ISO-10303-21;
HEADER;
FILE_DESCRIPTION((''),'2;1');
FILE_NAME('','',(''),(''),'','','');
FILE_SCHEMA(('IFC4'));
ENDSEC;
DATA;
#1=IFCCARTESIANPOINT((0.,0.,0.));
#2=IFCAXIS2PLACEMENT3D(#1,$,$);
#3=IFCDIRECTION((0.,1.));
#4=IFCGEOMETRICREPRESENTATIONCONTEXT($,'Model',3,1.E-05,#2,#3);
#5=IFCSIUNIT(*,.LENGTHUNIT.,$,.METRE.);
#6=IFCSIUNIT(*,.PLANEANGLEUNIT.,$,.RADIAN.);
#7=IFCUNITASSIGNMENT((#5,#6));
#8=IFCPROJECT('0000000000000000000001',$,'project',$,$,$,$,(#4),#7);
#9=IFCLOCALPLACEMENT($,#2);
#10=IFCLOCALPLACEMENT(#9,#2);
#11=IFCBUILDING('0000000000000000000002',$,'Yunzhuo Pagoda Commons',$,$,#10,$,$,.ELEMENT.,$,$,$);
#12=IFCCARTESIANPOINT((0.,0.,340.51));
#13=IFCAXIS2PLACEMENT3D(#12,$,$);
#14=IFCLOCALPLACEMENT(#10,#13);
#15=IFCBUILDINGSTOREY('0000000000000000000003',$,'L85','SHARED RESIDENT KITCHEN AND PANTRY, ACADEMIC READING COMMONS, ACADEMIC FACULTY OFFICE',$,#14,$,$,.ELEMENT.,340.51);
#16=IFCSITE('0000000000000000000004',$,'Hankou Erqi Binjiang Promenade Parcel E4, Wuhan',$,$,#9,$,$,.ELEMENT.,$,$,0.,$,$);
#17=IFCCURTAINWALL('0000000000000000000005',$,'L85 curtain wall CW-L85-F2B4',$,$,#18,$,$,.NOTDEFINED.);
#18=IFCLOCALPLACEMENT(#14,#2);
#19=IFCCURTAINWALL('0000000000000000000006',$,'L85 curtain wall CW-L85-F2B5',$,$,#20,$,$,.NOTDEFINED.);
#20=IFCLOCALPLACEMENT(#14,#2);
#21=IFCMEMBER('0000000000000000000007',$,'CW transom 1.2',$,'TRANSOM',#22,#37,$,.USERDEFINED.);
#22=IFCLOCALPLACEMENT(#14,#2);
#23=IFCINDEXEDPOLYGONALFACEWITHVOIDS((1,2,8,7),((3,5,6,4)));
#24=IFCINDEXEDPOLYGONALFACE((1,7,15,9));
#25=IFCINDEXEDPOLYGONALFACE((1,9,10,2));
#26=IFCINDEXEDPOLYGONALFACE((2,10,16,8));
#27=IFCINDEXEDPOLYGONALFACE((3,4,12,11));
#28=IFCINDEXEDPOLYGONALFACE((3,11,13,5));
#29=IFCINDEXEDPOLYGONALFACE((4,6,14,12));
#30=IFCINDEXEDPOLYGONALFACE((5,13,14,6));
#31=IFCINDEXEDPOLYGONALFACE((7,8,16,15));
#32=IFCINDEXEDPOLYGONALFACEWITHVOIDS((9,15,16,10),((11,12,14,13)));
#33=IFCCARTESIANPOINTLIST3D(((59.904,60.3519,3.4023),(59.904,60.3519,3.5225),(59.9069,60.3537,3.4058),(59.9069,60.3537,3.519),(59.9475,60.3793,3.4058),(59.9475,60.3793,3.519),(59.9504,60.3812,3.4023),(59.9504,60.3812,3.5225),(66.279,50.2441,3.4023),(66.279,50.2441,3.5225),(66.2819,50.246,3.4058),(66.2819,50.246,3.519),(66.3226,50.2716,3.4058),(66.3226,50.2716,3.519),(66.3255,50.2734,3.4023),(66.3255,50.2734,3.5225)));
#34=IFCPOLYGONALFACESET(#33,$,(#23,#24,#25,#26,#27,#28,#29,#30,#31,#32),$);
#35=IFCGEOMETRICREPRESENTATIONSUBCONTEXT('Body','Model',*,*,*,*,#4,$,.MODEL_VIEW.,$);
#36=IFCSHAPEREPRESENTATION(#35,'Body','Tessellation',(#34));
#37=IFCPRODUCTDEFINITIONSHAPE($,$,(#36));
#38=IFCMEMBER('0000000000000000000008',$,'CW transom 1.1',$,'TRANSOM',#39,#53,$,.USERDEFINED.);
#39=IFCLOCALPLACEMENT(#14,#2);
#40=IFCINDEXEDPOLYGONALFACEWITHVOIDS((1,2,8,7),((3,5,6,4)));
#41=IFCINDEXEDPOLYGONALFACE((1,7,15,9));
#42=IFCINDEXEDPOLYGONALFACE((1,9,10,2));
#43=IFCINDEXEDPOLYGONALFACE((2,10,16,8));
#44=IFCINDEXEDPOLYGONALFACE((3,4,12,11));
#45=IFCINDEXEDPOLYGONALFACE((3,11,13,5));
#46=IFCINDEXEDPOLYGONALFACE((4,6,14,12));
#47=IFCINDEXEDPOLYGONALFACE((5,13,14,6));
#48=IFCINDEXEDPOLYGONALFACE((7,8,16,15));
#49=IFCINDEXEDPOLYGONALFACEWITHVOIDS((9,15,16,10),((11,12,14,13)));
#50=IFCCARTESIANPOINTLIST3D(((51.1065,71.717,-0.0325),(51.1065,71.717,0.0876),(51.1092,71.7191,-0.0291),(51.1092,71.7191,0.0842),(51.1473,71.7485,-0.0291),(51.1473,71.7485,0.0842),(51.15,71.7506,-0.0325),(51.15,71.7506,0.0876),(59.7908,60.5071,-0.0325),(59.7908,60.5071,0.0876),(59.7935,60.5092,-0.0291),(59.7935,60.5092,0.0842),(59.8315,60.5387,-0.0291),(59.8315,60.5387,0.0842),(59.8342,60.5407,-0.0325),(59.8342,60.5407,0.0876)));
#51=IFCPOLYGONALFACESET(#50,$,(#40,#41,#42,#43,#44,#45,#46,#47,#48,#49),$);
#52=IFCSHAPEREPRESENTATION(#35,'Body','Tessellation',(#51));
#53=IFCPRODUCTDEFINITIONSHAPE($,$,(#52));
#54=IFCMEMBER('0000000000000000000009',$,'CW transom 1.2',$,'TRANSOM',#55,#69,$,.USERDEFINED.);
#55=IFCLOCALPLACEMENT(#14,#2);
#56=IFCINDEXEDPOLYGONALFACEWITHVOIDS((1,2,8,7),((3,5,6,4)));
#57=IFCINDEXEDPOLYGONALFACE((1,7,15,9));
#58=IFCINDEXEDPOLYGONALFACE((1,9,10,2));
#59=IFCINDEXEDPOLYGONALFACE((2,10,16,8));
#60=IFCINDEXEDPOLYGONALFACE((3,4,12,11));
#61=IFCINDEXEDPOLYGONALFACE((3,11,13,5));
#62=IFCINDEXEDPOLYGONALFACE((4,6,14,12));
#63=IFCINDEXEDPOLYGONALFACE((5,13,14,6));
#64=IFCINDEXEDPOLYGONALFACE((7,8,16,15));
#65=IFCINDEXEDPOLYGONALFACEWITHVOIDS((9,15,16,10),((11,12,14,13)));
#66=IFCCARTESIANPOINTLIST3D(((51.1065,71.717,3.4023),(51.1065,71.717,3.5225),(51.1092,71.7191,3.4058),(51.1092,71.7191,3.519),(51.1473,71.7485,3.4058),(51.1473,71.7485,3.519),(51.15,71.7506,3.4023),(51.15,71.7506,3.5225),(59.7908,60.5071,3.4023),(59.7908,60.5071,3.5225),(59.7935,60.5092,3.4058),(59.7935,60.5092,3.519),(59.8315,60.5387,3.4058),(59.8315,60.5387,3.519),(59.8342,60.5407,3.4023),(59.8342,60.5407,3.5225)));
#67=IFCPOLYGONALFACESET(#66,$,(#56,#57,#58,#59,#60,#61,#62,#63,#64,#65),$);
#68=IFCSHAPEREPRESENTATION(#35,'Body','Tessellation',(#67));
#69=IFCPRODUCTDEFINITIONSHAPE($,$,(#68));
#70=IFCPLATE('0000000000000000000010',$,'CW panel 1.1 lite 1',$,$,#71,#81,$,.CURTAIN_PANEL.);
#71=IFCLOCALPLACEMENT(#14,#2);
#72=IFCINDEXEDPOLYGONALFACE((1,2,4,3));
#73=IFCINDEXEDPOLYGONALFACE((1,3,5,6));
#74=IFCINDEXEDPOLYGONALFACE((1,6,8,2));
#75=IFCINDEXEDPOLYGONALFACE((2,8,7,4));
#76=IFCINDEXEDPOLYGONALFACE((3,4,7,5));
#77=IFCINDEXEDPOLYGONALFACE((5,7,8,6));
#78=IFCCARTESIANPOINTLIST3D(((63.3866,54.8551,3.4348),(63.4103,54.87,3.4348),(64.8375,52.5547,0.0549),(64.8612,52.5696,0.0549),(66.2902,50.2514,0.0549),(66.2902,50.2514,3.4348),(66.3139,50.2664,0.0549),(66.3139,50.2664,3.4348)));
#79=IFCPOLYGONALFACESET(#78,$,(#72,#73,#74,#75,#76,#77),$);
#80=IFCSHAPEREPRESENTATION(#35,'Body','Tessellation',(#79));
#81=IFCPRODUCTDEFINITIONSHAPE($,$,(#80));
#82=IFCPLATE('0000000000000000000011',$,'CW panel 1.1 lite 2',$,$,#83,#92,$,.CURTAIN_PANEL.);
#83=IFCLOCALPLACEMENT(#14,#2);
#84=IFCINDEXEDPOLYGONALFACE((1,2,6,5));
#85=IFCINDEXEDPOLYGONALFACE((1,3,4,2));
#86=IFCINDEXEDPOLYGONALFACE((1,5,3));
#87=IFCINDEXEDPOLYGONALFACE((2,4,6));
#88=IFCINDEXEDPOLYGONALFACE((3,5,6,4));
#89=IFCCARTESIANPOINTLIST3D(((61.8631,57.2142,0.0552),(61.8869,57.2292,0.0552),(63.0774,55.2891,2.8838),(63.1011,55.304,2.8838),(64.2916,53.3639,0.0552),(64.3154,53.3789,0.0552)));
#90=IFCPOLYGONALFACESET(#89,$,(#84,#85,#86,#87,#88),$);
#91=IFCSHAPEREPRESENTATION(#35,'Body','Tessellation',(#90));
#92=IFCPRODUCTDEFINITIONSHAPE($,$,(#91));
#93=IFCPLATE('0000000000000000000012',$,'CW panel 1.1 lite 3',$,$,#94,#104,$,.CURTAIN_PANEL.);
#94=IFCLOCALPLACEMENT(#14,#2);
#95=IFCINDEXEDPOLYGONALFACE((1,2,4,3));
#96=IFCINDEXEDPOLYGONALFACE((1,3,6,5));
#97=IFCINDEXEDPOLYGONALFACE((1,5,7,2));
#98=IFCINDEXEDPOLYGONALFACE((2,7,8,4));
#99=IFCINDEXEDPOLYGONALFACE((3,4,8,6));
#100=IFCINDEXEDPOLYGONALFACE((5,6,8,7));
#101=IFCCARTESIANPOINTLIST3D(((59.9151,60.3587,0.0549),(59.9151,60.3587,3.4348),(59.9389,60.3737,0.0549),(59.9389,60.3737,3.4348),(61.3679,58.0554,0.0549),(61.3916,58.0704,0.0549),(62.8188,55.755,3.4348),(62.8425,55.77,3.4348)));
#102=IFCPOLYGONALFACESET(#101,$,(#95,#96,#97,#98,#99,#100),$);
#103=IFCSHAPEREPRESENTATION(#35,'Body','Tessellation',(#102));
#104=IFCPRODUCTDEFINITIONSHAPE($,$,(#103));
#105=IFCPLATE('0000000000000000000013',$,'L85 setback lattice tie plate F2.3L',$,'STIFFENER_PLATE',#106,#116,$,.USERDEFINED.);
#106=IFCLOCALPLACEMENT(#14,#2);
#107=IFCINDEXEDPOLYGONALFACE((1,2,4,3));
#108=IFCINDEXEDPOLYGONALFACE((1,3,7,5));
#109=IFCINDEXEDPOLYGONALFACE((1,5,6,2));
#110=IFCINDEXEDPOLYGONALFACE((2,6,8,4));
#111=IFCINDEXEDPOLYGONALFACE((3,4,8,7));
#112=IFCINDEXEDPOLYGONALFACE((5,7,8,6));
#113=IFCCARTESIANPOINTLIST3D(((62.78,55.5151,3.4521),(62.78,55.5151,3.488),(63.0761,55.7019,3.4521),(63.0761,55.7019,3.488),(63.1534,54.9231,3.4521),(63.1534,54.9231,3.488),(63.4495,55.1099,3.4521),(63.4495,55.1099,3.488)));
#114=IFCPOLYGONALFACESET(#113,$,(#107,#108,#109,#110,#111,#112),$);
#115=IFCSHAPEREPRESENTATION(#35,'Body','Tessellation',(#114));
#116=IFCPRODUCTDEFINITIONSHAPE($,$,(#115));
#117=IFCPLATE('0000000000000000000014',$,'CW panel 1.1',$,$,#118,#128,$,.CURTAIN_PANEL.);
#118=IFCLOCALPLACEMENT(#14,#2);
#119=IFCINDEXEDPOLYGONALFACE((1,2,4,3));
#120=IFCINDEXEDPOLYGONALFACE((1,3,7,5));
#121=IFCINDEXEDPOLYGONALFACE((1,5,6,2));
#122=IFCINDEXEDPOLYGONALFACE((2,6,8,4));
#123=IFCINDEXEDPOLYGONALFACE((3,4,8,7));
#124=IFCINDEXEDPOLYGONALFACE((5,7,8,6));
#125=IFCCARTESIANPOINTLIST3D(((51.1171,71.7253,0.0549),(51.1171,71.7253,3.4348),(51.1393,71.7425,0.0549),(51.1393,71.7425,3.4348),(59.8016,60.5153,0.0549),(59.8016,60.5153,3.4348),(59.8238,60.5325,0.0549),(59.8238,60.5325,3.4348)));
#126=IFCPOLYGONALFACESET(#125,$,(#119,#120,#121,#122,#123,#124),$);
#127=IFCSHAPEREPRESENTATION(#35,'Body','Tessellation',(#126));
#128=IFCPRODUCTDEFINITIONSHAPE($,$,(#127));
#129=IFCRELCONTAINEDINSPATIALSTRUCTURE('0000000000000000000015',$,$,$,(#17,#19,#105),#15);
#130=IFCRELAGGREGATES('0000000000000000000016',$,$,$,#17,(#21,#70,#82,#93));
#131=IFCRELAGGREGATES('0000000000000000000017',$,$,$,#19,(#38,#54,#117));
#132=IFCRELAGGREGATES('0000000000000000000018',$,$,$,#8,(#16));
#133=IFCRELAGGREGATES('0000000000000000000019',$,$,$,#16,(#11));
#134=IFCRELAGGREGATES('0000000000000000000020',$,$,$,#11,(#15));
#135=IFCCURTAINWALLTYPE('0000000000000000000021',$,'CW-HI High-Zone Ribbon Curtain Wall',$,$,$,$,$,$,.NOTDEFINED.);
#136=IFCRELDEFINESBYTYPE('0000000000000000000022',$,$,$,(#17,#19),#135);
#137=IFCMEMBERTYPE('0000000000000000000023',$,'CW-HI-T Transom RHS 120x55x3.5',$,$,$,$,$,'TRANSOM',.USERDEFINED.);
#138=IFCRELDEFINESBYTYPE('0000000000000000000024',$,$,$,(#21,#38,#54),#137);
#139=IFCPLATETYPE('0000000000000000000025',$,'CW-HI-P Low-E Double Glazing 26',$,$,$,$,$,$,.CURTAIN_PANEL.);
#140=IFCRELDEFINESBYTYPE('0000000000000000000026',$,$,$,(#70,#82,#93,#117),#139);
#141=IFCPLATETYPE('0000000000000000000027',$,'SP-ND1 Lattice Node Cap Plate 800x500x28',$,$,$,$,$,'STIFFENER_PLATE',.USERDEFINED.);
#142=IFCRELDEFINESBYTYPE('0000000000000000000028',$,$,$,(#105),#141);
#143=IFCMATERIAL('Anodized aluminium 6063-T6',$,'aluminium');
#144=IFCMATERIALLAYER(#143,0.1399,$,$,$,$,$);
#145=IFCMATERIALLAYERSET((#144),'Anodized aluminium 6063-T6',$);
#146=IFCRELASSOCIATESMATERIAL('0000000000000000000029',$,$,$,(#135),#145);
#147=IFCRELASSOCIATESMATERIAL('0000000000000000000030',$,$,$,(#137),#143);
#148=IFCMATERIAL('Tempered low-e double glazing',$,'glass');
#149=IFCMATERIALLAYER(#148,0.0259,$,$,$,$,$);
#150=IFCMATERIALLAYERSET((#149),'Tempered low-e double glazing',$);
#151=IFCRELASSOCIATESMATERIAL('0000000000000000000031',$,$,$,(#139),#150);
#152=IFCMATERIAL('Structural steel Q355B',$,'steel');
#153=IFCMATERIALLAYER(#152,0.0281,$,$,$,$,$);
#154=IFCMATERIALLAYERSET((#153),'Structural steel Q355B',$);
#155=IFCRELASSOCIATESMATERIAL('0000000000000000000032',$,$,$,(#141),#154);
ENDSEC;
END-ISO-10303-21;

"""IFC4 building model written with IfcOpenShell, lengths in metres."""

from ifc_helpers import new_model, si_unit, direction, frame, origin, origin_2d, place, context, subcontext, project, spatial, polyline, rectangle, hollow_rectangle, outline, extrude, source, transform, mapped, material, layer, layer_set, material_profile, profile_set, type_object, element, aggregate, save


model = new_model("IFC4")

# Units and contexts
model_context = context("Model", 3, precision=1e-05, world=origin(), true_north=direction((0.0, 1.0)))
body_context = subcontext(model_context, "Body", "Model", "MODEL_VIEW")
ifc_project = project(units=[si_unit("LENGTHUNIT", "METRE"), si_unit("PLANEANGLEUNIT", "RADIAN")], contexts=[model_context])

# Site, building, storey
site_placement = place(None, origin())
site = spatial("IfcSite", under=ifc_project, at=site_placement, Name="Hankou Erqi Binjiang Promenade Parcel E4, Wuhan", CompositionType="ELEMENT", RefElevation=0.0)
building_placement = place(site_placement, origin())
building = spatial("IfcBuilding", under=site, at=building_placement, Name="Yunzhuo Pagoda Commons", CompositionType="ELEMENT")
storey_placement = place(building_placement, frame((0.0, 0.0, 340.51)))
storey = spatial("IfcBuildingStorey", under=building, at=storey_placement, Name="L85", Description="SHARED RESIDENT KITCHEN AND PANTRY, ACADEMIC READING COMMONS, ACADEMIC FACULTY OFFICE", CompositionType="ELEMENT", Elevation=340.51)

# Shared definitions
ifc_material_1 = material(Name="Structural steel Q355B", Category="steel")

# Curtain wall
ifc_material_2 = material(Name="Anodized aluminium 6063-T6", Category="aluminium")
ifc_layer_1 = layer(ifc_material_2, 0.1399)
ifc_layer_set_1 = layer_set([ifc_layer_1], Name="Anodized aluminium 6063-T6")
curtain_wall_type = type_object("IfcCurtainWallType", Name="CW-HI High-Zone Ribbon Curtain Wall", PredefinedType="NOTDEFINED", material=ifc_layer_set_1)
curtain_wall_1_placement = place(storey_placement, origin())
curtain_wall_1 = element("IfcCurtainWall", 1, at=curtain_wall_1_placement, inside=storey, type_object=curtain_wall_type, Name="L85 curtain wall CW-L85-F2B4", PredefinedType="NOTDEFINED")

# Curtain wall
curtain_wall_2_placement = place(storey_placement, origin())
curtain_wall_2 = element("IfcCurtainWall", 2, at=curtain_wall_2_placement, inside=storey, type_object=curtain_wall_type, Name="L85 curtain wall CW-L85-F2B5", PredefinedType="NOTDEFINED")

# Members
ifc_material_profile_1 = material_profile(ifc_material_2, hollow_rectangle(XDim=0.0549, YDim=0.1201, WallThickness=0.0034, at=origin_2d()), Name="Anodized aluminium 6063-T6")
ifc_profile_set_1 = profile_set([ifc_material_profile_1], Name="Anodized aluminium 6063-T6")
member_type_1 = type_object("IfcMemberType", Name="CW-HI-T Transom RHS 120x55x3.5", ElementType="TRANSOM", PredefinedType="USERDEFINED", material=ifc_profile_set_1)
shared_shape_1 = source(origin(), body_context, "Body", "SweptSolid", [
    extrude(hollow_rectangle(XDim=0.0549, YDim=0.1201, WallThickness=0.0034, at=origin_2d()), origin(), (0.0, 0.0, 1.0), 11.9502),
])
member_1_placement = place(storey_placement, frame((66.3022, 50.2588, 3.4624), z_axis=(-0.533467, 0.845821, 0.0), x_axis=(-0.845821, -0.533467, 0.0)))
member_1 = element("IfcMember", 3, at=member_1_placement, type_object=member_type_1, Name="CW transom 1.2", ObjectType="TRANSOM", PredefinedType="USERDEFINED", context=body_context, shape_type="MappedRepresentation", body=[
    mapped(shared_shape_1, transform((0.0, 0.0, 0.0), scale=1.0)),
])
shared_shape_2 = source(origin(), body_context, "Body", "SweptSolid", [
    extrude(hollow_rectangle(XDim=0.0549, YDim=0.1201, WallThickness=0.0034, at=origin_2d()), origin(), (0.0, 0.0, 1.0), 14.1802),
])
member_2_placement = place(storey_placement, frame((59.8125, 60.5239, 0.0276), z_axis=(-0.612422, 0.790531, 0.0), x_axis=(-0.790531, -0.612422, 0.0)))
member_2 = element("IfcMember", 4, at=member_2_placement, type_object=member_type_1, Name="CW transom 1.1", ObjectType="TRANSOM", PredefinedType="USERDEFINED", context=body_context, shape_type="MappedRepresentation", body=[
    mapped(shared_shape_2, transform((0.0, 0.0, 0.0), scale=1.0)),
])
member_3_placement = place(storey_placement, frame((59.8125, 60.5239, 3.4624), z_axis=(-0.612422, 0.790531, 0.0), x_axis=(-0.790531, -0.612422, 0.0)))
member_3 = element("IfcMember", 5, at=member_3_placement, type_object=member_type_1, Name="CW transom 1.2", ObjectType="TRANSOM", PredefinedType="USERDEFINED", context=body_context, shape_type="MappedRepresentation", body=[
    mapped(shared_shape_2, transform((0.0, 0.0, 0.0), scale=1.0)),
])

# Plates
ifc_material_3 = material(Name="Tempered low-e double glazing", Category="glass")
ifc_layer_2 = layer(ifc_material_3, 0.0259)
ifc_layer_set_2 = layer_set([ifc_layer_2], Name="Tempered low-e double glazing")
plate_type_1 = type_object("IfcPlateType", Name="CW-HI-P Low-E Double Glazing 26", PredefinedType="CURTAIN_PANEL", material=ifc_layer_set_2)
plate_1_placement = place(storey_placement, frame((64.8384, 52.5532, 1.7449), z_axis=(0.845818, 0.533472, 0.0), x_axis=(-0.533472, 0.845818, 0.0)))
plate_1 = element("IfcPlate", 6, at=plate_1_placement, type_object=plate_type_1, Name="CW panel 1.1 lite 1", PredefinedType="CURTAIN_PANEL", context=body_context, shape_type="SweptSolid", body=[
    extrude(outline(polyline([(-2.7214, -1.6899), (0.0017, -1.6899), (2.7214, 1.6899), (-2.7214, 1.6899), (-2.7214, -1.6899)])), origin(), (0.0, 0.0, 1.0), 0.0281),
])
plate_2_placement = place(storey_placement, frame((63.0774, 55.2891, 1.4695), z_axis=(0.845818, 0.533472, 0.0), x_axis=(-0.533472, 0.845818, 0.0)))
plate_2 = element("IfcPlate", 7, at=plate_2_placement, type_object=plate_type_1, Name="CW panel 1.1 lite 2", PredefinedType="CURTAIN_PANEL", context=body_context, shape_type="SweptSolid", body=[
    extrude(outline(polyline([(-2.2761, -1.4143), (2.2761, -1.4143), (0.0, 1.4143), (-2.2761, -1.4143)])), origin(), (0.0, 0.0, 1.0), 0.0281),
])
plate_3_placement = place(storey_placement, frame((61.3669, 58.0569, 1.7449), z_axis=(0.845818, 0.533472, 0.0), x_axis=(-0.533472, 0.845818, 0.0)))
plate_3 = element("IfcPlate", 8, at=plate_3_placement, type_object=plate_type_1, Name="CW panel 1.1 lite 3", PredefinedType="CURTAIN_PANEL", context=body_context, shape_type="SweptSolid", body=[
    extrude(outline(polyline([(-2.7214, 1.6899), (-0.0017, -1.6899), (2.7214, -1.6899), (2.7214, 1.6899), (-2.7214, 1.6899)])), origin(), (0.0, 0.0, 1.0), 0.0281),
])
aggregate(curtain_wall_1, [member_1, plate_1, plate_2, plate_3])
ifc_layer_3 = layer(ifc_material_1, 0.0281)
ifc_layer_set_3 = layer_set([ifc_layer_3], Name="Structural steel Q355B")
plate_type_2 = type_object("IfcPlateType", Name="SP-ND1 Lattice Node Cap Plate 800x500x28", ElementType="STIFFENER_PLATE", PredefinedType="USERDEFINED", material=ifc_layer_set_3)
shared_shape_3 = source(origin(), body_context, "Body", "SweptSolid", [
    extrude(rectangle(XDim=0.7, YDim=0.3501, at=origin_2d()), origin(), (0.0, 0.0, 1.0), 0.0359),
])
plate_4_placement = place(storey_placement, frame((63.1147, 55.3125, 3.4521), z_axis=(0.0, 0.0, 1.0), x_axis=(-0.533467, 0.845821, 0.0)))
element("IfcPlate", 9, at=plate_4_placement, inside=storey, type_object=plate_type_2, Name="L85 setback lattice tie plate F2.3L", ObjectType="STIFFENER_PLATE", PredefinedType="USERDEFINED", context=body_context, shape_type="MappedRepresentation", body=[
    mapped(shared_shape_3, transform((0.0, 0.0, 0.0), scale=1.0)),
])
shared_shape_4 = source(origin(), body_context, "Body", "SweptSolid", [
    extrude(rectangle(XDim=14.1804, YDim=0.0281, at=origin_2d()), origin(), (0.0, 0.0, 1.0), 3.3799),
])
plate_5_placement = place(storey_placement, frame((55.4705, 66.1289, 0.0549), z_axis=(0.0, 0.0, 1.0), x_axis=(-0.612427, 0.790527, 0.0)))
plate_5 = element("IfcPlate", 10, at=plate_5_placement, type_object=plate_type_1, Name="CW panel 1.1", PredefinedType="CURTAIN_PANEL", context=body_context, shape_type="MappedRepresentation", body=[
    mapped(shared_shape_4, transform((0.0, 0.0, 0.0), scale=1.0)),
])
aggregate(curtain_wall_2, [member_2, member_3, plate_5])

save(model, "model.ifc")
